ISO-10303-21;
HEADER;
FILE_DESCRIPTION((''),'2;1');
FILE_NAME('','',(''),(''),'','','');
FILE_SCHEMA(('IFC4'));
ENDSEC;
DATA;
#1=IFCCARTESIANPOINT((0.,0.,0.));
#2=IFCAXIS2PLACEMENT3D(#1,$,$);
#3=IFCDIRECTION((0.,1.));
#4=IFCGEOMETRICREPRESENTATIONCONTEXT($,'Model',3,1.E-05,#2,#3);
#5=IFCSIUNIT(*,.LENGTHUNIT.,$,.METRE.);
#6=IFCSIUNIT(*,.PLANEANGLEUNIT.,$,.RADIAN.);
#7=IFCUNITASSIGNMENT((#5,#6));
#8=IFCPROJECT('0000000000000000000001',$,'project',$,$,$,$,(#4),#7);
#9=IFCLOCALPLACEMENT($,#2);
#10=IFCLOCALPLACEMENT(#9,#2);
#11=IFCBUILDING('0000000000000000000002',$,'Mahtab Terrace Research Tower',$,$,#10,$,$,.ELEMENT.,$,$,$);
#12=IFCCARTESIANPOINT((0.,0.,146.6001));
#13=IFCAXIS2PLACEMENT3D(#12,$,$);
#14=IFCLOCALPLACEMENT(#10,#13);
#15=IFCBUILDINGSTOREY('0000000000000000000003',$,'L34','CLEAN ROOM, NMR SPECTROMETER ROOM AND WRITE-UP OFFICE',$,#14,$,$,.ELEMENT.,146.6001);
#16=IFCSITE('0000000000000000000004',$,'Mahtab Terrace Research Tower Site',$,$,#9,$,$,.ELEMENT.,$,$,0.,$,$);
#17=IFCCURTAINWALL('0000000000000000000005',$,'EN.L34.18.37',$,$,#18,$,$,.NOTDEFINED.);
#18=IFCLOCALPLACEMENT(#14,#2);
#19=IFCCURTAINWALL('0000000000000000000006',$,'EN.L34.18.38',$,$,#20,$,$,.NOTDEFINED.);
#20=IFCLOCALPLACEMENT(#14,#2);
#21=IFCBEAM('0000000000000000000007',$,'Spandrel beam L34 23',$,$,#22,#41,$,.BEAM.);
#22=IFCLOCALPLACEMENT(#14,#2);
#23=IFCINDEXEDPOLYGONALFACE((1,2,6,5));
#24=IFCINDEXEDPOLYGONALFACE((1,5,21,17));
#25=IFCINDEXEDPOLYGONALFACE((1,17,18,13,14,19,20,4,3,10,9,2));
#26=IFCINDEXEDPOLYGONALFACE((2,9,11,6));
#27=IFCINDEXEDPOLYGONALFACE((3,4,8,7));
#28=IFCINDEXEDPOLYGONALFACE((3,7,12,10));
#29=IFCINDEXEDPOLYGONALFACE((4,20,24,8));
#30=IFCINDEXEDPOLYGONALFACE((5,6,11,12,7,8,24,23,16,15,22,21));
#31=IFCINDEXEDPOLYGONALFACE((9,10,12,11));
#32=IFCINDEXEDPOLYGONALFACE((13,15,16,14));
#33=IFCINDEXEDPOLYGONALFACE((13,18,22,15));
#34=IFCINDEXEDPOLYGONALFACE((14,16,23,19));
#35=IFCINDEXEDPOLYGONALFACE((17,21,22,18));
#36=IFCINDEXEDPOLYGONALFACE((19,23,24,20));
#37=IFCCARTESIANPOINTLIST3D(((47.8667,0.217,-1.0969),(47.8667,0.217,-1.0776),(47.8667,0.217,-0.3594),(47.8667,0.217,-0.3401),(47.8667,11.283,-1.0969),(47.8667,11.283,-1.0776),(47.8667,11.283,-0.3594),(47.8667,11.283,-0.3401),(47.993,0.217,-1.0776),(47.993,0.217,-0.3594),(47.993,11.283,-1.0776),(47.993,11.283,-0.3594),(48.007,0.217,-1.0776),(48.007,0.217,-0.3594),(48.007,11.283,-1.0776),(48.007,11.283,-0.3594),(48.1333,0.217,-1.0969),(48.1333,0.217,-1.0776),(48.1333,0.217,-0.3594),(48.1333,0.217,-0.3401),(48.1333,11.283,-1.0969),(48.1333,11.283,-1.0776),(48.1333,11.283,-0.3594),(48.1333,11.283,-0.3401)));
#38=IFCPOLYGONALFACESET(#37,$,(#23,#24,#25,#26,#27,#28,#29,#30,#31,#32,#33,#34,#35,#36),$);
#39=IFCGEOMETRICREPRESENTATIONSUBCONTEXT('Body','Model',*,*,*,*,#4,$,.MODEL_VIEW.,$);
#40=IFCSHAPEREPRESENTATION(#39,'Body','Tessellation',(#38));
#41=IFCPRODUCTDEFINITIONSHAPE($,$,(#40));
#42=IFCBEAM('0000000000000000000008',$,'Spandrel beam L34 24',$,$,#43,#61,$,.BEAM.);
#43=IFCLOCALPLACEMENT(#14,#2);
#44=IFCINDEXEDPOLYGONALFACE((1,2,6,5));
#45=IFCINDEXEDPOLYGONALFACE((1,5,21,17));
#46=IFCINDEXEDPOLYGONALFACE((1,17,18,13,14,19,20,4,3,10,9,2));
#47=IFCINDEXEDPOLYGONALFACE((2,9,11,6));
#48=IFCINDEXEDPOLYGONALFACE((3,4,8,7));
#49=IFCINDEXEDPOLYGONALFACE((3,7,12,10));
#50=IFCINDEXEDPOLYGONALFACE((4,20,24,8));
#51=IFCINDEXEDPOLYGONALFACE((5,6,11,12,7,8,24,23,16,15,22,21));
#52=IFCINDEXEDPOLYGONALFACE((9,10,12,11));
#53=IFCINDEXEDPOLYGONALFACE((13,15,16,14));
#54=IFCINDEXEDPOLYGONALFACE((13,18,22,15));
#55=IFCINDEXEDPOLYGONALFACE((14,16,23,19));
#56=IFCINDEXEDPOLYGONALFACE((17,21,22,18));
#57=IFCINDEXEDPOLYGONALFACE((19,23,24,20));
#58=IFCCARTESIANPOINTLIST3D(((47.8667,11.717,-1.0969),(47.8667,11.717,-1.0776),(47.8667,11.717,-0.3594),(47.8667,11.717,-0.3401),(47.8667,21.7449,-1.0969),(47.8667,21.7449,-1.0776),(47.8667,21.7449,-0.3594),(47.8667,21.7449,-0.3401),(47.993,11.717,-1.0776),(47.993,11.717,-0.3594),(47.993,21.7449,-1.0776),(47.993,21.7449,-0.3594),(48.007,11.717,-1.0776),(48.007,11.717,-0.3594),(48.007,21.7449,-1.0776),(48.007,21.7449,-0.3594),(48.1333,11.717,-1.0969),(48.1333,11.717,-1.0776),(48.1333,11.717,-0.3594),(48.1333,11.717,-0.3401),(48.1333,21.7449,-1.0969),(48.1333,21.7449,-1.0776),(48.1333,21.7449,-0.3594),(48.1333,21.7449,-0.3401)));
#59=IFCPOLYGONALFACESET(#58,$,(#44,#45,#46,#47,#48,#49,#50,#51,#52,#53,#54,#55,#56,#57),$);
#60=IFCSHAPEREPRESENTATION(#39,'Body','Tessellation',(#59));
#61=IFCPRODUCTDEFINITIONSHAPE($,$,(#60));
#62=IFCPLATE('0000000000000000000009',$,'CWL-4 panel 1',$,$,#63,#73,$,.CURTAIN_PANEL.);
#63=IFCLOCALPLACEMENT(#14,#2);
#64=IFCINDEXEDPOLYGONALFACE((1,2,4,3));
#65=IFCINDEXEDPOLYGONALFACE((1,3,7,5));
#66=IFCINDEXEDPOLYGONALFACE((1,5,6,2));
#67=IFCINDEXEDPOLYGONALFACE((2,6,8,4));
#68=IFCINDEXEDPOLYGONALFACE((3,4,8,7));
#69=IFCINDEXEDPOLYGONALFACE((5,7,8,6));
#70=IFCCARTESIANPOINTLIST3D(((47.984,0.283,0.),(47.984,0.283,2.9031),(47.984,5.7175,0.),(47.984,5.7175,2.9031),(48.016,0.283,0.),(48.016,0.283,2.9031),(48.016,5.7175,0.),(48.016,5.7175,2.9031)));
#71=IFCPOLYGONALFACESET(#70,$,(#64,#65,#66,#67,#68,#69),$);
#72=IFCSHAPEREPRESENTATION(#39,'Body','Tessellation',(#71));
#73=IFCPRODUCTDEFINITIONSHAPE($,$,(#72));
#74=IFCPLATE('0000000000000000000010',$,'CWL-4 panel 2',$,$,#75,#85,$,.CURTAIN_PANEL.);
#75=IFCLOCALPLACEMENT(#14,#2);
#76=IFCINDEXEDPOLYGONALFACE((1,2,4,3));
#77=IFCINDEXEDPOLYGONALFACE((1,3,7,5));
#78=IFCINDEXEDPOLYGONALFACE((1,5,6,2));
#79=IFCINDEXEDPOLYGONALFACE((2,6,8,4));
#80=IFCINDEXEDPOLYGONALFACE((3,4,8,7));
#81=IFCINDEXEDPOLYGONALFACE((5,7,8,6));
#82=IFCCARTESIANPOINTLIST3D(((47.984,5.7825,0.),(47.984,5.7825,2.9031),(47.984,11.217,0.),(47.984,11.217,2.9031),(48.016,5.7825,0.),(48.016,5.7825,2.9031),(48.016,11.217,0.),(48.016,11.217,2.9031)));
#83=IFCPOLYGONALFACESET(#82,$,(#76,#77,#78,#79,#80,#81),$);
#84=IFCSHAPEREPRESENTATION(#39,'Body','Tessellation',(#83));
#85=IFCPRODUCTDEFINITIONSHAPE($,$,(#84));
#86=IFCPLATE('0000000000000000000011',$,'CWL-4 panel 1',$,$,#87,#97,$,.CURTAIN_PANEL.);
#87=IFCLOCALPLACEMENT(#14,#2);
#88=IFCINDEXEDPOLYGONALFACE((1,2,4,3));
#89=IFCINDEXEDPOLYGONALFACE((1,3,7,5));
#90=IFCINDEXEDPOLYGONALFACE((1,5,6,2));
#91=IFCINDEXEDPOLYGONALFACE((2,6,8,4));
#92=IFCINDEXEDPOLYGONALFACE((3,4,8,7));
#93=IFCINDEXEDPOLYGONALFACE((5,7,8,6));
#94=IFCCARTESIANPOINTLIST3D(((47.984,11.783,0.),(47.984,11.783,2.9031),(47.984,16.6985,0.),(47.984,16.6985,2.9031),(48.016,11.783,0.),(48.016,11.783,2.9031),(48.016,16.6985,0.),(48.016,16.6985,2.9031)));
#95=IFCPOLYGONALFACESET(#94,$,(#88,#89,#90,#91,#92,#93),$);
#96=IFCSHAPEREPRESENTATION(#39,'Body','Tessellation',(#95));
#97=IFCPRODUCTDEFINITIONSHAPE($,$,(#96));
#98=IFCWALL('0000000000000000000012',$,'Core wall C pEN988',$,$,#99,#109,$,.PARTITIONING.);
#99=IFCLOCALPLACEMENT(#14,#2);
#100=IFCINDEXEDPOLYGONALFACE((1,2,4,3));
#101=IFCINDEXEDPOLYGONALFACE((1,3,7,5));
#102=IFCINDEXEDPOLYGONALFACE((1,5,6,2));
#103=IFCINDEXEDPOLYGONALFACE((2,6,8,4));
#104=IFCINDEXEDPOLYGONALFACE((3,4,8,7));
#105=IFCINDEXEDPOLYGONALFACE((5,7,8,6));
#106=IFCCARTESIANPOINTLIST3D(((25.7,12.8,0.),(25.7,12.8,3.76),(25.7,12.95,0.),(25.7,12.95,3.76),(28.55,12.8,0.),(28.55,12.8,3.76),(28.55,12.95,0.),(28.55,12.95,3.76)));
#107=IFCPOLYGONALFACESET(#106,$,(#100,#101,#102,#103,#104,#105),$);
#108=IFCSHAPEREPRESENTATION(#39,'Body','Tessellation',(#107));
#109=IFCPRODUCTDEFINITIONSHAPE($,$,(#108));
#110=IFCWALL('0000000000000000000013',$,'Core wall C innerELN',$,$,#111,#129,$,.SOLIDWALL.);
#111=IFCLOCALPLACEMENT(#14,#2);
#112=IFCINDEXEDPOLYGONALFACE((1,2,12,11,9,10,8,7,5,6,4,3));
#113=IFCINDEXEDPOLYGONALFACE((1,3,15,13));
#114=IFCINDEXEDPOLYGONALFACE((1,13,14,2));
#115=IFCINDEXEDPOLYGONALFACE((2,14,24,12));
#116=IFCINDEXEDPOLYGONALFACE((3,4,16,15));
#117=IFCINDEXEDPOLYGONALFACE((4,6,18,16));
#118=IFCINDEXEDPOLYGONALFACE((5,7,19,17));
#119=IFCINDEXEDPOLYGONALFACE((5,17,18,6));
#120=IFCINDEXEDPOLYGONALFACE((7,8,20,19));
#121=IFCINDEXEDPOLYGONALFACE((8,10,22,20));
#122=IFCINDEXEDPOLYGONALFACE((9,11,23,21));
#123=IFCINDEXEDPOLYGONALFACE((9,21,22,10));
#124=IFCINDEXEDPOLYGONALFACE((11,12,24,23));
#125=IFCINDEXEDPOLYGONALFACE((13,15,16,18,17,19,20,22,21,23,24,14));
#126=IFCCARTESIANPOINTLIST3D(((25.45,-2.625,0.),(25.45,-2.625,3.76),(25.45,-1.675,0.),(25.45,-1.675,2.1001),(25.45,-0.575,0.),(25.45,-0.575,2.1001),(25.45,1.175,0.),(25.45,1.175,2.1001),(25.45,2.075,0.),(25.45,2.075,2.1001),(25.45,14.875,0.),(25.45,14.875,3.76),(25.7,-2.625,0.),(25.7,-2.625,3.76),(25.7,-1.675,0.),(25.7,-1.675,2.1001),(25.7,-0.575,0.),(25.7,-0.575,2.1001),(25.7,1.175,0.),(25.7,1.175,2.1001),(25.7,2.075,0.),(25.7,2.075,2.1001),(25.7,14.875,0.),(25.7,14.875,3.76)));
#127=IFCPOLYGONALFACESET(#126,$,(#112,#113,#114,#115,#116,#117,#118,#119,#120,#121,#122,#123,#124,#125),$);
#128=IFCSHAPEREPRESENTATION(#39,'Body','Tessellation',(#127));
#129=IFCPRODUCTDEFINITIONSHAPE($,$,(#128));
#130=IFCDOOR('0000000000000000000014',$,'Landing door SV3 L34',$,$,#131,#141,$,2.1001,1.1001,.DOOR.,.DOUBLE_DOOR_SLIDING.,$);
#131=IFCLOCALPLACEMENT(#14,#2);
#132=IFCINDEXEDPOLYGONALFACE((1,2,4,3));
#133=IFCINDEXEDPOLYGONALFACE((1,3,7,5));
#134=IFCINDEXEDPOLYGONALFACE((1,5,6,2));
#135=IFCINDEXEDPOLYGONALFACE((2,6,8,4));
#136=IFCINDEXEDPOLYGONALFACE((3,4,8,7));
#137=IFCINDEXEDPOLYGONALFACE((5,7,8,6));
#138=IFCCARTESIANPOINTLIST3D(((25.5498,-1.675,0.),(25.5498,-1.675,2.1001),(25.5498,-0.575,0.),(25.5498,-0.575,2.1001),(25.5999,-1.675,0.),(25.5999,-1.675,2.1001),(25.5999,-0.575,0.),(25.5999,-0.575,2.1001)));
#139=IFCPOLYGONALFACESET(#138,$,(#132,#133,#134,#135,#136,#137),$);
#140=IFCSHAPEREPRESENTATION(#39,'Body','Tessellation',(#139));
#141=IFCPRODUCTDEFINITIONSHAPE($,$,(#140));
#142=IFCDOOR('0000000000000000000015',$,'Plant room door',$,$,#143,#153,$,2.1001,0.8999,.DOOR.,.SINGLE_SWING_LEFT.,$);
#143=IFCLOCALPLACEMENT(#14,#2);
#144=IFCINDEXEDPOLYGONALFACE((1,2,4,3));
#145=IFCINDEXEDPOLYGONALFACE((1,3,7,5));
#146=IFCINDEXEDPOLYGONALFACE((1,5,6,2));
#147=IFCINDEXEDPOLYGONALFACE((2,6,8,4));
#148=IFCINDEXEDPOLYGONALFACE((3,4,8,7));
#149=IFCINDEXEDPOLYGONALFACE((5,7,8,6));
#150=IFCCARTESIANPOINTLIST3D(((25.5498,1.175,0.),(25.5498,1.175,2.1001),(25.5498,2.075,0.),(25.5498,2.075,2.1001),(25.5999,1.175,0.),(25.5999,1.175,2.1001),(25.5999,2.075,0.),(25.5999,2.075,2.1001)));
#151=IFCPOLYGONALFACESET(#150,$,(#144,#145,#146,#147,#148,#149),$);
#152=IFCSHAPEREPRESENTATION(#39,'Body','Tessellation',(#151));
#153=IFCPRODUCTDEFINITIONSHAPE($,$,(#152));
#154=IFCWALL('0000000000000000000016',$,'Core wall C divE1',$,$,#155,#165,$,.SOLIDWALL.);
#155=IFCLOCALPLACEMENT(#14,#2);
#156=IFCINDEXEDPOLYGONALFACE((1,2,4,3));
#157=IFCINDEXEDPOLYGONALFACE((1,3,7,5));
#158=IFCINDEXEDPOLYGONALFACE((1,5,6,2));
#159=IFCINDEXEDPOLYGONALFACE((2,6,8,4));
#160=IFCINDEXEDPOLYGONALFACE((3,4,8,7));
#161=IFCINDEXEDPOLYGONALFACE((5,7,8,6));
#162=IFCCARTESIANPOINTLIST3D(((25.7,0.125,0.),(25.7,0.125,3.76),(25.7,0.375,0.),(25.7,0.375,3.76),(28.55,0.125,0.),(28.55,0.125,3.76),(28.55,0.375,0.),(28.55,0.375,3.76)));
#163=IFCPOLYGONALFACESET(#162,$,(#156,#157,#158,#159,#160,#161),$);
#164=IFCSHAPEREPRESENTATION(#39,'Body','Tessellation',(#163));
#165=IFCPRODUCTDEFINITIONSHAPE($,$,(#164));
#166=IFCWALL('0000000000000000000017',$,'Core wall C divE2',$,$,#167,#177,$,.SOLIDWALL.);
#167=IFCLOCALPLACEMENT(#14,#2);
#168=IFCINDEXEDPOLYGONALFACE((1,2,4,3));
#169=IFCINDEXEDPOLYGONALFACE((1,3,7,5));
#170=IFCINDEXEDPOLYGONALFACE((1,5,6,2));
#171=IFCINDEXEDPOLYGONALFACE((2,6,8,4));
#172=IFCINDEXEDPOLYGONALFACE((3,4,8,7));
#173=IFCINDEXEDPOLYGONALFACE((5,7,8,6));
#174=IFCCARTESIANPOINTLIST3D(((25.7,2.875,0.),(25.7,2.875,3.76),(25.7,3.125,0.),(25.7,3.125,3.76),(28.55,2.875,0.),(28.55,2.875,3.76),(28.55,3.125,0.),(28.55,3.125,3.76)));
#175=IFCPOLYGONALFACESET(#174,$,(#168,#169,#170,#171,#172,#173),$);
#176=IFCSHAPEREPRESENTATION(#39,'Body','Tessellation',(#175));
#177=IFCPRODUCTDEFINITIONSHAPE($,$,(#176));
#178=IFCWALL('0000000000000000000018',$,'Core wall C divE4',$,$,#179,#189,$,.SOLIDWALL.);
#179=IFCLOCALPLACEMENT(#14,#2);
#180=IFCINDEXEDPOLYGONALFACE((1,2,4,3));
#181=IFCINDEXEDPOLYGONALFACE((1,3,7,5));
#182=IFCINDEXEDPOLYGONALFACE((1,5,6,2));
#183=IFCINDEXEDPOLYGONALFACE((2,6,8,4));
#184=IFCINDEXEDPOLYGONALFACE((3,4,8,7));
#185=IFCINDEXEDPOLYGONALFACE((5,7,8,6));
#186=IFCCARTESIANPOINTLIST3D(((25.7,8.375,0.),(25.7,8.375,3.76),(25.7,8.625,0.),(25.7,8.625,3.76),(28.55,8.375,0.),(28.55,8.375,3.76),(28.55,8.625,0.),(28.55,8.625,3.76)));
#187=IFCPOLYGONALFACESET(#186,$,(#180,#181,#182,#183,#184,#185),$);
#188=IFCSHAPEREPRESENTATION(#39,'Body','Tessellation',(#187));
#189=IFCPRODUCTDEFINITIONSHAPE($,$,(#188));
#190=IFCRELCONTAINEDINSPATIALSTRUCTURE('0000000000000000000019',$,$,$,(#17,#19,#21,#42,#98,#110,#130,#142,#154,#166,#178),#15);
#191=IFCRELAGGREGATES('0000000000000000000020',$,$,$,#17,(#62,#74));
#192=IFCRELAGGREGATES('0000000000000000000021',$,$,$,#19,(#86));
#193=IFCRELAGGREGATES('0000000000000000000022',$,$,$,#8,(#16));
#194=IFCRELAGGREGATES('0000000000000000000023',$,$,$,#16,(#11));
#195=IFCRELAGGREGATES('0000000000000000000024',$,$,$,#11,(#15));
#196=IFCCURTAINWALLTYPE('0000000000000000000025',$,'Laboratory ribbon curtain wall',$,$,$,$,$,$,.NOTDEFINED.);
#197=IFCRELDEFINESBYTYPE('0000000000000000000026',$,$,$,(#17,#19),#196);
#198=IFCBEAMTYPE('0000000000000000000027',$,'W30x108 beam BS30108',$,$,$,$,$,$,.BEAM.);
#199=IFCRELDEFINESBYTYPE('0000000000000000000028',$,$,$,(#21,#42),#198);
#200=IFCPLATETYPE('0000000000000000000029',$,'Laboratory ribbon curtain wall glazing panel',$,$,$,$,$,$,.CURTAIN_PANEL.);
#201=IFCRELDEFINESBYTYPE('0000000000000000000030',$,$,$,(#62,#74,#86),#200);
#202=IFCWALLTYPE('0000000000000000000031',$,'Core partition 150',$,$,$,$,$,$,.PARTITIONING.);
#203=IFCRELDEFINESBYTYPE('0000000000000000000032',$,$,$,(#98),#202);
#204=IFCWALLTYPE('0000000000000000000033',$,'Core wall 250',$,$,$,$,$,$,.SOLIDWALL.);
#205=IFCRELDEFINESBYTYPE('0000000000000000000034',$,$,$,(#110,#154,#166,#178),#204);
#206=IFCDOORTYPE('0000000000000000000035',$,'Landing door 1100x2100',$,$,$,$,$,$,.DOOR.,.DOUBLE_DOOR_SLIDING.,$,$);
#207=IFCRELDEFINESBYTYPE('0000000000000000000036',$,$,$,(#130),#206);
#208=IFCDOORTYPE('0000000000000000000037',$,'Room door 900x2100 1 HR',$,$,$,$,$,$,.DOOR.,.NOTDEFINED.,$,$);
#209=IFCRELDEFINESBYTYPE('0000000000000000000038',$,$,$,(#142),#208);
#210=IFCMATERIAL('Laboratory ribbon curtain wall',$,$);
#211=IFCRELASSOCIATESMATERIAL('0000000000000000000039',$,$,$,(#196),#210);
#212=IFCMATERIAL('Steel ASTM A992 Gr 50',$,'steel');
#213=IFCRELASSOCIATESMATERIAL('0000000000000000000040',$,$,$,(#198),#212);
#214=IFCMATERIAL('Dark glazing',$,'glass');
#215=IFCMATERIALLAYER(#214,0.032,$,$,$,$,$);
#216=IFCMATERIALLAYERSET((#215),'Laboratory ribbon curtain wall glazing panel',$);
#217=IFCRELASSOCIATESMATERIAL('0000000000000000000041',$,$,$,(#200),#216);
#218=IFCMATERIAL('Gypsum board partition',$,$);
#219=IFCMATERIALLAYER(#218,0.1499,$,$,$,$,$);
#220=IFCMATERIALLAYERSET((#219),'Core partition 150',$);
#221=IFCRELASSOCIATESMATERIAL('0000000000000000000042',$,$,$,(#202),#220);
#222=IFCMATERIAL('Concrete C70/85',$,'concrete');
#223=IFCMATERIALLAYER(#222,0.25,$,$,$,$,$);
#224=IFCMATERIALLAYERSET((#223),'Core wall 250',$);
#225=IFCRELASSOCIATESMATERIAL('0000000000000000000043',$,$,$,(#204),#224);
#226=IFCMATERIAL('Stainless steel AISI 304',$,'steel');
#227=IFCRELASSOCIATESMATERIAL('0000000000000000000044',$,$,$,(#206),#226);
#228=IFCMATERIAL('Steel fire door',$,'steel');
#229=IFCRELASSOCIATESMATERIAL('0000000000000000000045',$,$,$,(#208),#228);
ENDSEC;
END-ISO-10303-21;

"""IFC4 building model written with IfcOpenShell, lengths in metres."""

from ifc_helpers import new_model, si_unit, direction, frame, frame_2d, origin, origin_2d, place, context, subcontext, project, spatial, rectangle, i_section, extrude, material, layer, layer_set, material_profile, profile_set, type_object, element, fill, aggregate, save


model = new_model("IFC4")

# Units and contexts
model_context = context("Model", 3, precision=1e-05, world=origin(), true_north=direction((0.0, 1.0)))
body_context = subcontext(model_context, "Body", "Model", "MODEL_VIEW")
ifc_project = project(units=[si_unit("LENGTHUNIT", "METRE"), si_unit("PLANEANGLEUNIT", "RADIAN")], contexts=[model_context])

# Site, building, storey
site_placement = place(None, origin())
site = spatial("IfcSite", under=ifc_project, at=site_placement, Name="Mahtab Terrace Research Tower Site", CompositionType="ELEMENT", RefElevation=0.0)
building_placement = place(site_placement, origin())
building = spatial("IfcBuilding", under=site, at=building_placement, Name="Mahtab Terrace Research Tower", CompositionType="ELEMENT")
storey_placement = place(building_placement, frame((0.0, 0.0, 146.6001)))
storey = spatial("IfcBuildingStorey", under=building, at=storey_placement, Name="L34", Description="CLEAN ROOM, NMR SPECTROMETER ROOM AND WRITE-UP OFFICE", CompositionType="ELEMENT", Elevation=146.6001)

# Shared definitions
ifc_material_1 = material(Name="Concrete C70/85", Category="concrete")
ifc_material_2 = material(Name="Steel ASTM A992 Gr 50", Category="steel")

# Curtain walls
ifc_material_3 = material(Name="Laboratory ribbon curtain wall")
curtain_wall_type = type_object("IfcCurtainWallType", Name="Laboratory ribbon curtain wall", PredefinedType="NOTDEFINED", material=ifc_material_3)
curtain_wall_1_placement = place(storey_placement, origin())
curtain_wall_1 = element("IfcCurtainWall", 1, at=curtain_wall_1_placement, inside=storey, type_object=curtain_wall_type, Name="EN.L34.18.37", PredefinedType="NOTDEFINED")
curtain_wall_2_placement = place(storey_placement, origin())
curtain_wall_2 = element("IfcCurtainWall", 2, at=curtain_wall_2_placement, inside=storey, type_object=curtain_wall_type, Name="EN.L34.18.38", PredefinedType="NOTDEFINED")

# Beams
ifc_material_profile_1 = material_profile(ifc_material_2, i_section(OverallWidth=0.2666, OverallDepth=0.7568, WebThickness=0.0139, FlangeThickness=0.0193, at=origin_2d()), Name="W30X108")
ifc_profile_set_1 = profile_set([ifc_material_profile_1], Name="Steel ASTM A992 Gr 50")
beam_type = type_object("IfcBeamType", Name="W30x108 beam BS30108", PredefinedType="BEAM", material=ifc_profile_set_1)
beam_1_placement = place(storey_placement, frame((48.0, 0.217, -0.7185), z_axis=(0.0, 1.0, 0.0), x_axis=(-1.0, 0.0, 0.0)))
element("IfcBeam", 3, at=beam_1_placement, inside=storey, type_object=beam_type, Name="Spandrel beam L34 23", PredefinedType="BEAM", context=body_context, shape_type="SweptSolid", body=[
    extrude(i_section(OverallWidth=0.2666, OverallDepth=0.7568, WebThickness=0.0139, FlangeThickness=0.0193, at=origin_2d()), origin(), (0.0, 0.0, 1.0), 11.0659),
])
beam_2_placement = place(storey_placement, frame((48.0, 11.717, -0.7185), z_axis=(0.0, 1.0, 0.0), x_axis=(-1.0, 0.0, 0.0)))
element("IfcBeam", 4, at=beam_2_placement, inside=storey, type_object=beam_type, Name="Spandrel beam L34 24", PredefinedType="BEAM", context=body_context, shape_type="SweptSolid", body=[
    extrude(i_section(OverallWidth=0.2666, OverallDepth=0.7568, WebThickness=0.0139, FlangeThickness=0.0193, at=origin_2d()), origin(), (0.0, 0.0, 1.0), 10.0278),
])

# Plates
ifc_material_4 = material(Name="Dark glazing", Category="glass")
ifc_layer_1 = layer(ifc_material_4, 0.032)
ifc_layer_set_1 = layer_set([ifc_layer_1], Name="Laboratory ribbon curtain wall glazing panel")
plate_type = type_object("IfcPlateType", Name="Laboratory ribbon curtain wall glazing panel", PredefinedType="CURTAIN_PANEL", material=ifc_layer_set_1)
plate_1_placement = place(storey_placement, frame((48.0, 3.0002, 0.0), z_axis=(0.0, 0.0, 1.0), x_axis=(0.0, 1.0, 0.0)))
plate_1 = element("IfcPlate", 5, at=plate_1_placement, type_object=plate_type, Name="CWL-4 panel 1", PredefinedType="CURTAIN_PANEL", context=body_context, shape_type="SweptSolid", body=[
    extrude(rectangle(XDim=5.4346, YDim=0.032, at=origin_2d()), origin(), (0.0, 0.0, 1.0), 2.9031),
])
plate_2_placement = place(storey_placement, frame((48.0, 8.4998, 0.0), z_axis=(0.0, 0.0, 1.0), x_axis=(0.0, 1.0, 0.0)))
plate_2 = element("IfcPlate", 6, at=plate_2_placement, type_object=plate_type, Name="CWL-4 panel 2", PredefinedType="CURTAIN_PANEL", context=body_context, shape_type="SweptSolid", body=[
    extrude(rectangle(XDim=5.4346, YDim=0.032, at=origin_2d()), origin(), (0.0, 0.0, 1.0), 2.9031),
])
aggregate(curtain_wall_1, [plate_1, plate_2])
plate_3_placement = place(storey_placement, frame((48.0, 14.2407, 0.0), z_axis=(0.0, 0.0, 1.0), x_axis=(0.0, 1.0, 0.0)))
plate_3 = element("IfcPlate", 7, at=plate_3_placement, type_object=plate_type, Name="CWL-4 panel 1", PredefinedType="CURTAIN_PANEL", context=body_context, shape_type="SweptSolid", body=[
    extrude(rectangle(XDim=4.9155, YDim=0.032, at=origin_2d()), origin(), (0.0, 0.0, 1.0), 2.9031),
])
aggregate(curtain_wall_2, [plate_3])

# Wall
ifc_material_5 = material(Name="Gypsum board partition")
ifc_layer_2 = layer(ifc_material_5, 0.1499)
ifc_layer_set_2 = layer_set([ifc_layer_2], Name="Core partition 150")
wall_type_1 = type_object("IfcWallType", Name="Core partition 150", PredefinedType="PARTITIONING", material=ifc_layer_set_2)
wall_1_placement = place(storey_placement, frame((25.7, 12.875, 0.0), z_axis=(0.0, 0.0, 1.0), x_axis=(1.0, 0.0, 0.0)))
element("IfcWall", 8, at=wall_1_placement, inside=storey, type_object=wall_type_1, Name="Core wall C pEN988", PredefinedType="PARTITIONING", context=body_context, shape_type="SweptSolid", body=[
    extrude(rectangle(XDim=2.8501, YDim=0.1499, at=frame_2d((1.425, 0.0))), origin(), (0.0, 0.0, 1.0), 3.76),
])

# Wall, openings, doors
ifc_layer_3 = layer(ifc_material_1, 0.25)
ifc_layer_set_3 = layer_set([ifc_layer_3], Name="Core wall 250")
wall_type_2 = type_object("IfcWallType", Name="Core wall 250", PredefinedType="SOLIDWALL", material=ifc_layer_set_3)
wall_2_placement = place(storey_placement, frame((25.575, 14.875, 0.0), z_axis=(0.0, 0.0, 1.0), x_axis=(0.0, -1.0, 0.0)))
wall_2 = element("IfcWall", 9, at=wall_2_placement, inside=storey, type_object=wall_type_2, Name="Core wall C innerELN", PredefinedType="SOLIDWALL", context=body_context, shape_type="SweptSolid", body=[
    extrude(rectangle(XDim=17.5, YDim=0.25, at=frame_2d((8.75, 0.0))), origin(), (0.0, 0.0, 1.0), 3.76),
])
opening_1_placement = place(wall_2_placement, frame((15.45, 0.0, 0.0)))
opening_1 = element("IfcOpeningElement", 10, at=opening_1_placement, cuts=wall_2, PredefinedType="OPENING", context=body_context, shape_type="SweptSolid", body=[
    extrude(rectangle(XDim=1.1001, YDim=2.1001, at=frame_2d((0.55, 1.05))), frame((0.0, 0.135, 0.0), z_axis=(0.0, -1.0, 0.0), x_axis=(1.0, 0.0, 0.0)), (0.0, 0.0, 1.0), 0.27),
])
opening_2_placement = place(wall_2_placement, frame((12.8, 0.0, 0.0)))
opening_2 = element("IfcOpeningElement", 11, at=opening_2_placement, cuts=wall_2, PredefinedType="OPENING", context=body_context, shape_type="SweptSolid", body=[
    extrude(rectangle(XDim=0.8999, YDim=2.1001, at=frame_2d((0.45, 1.05))), frame((0.0, 0.135, 0.0), z_axis=(0.0, -1.0, 0.0), x_axis=(1.0, 0.0, 0.0)), (0.0, 0.0, 1.0), 0.27),
])
ifc_material_6 = material(Name="Stainless steel AISI 304", Category="steel")
door_type_1 = type_object("IfcDoorType", Name="Landing door 1100x2100", OperationType="DOUBLE_DOOR_SLIDING", PredefinedType="DOOR", material=ifc_material_6)
door_1_placement = place(opening_1_placement, origin())
door_1 = element("IfcDoor", 12, at=door_1_placement, inside=storey, type_object=door_type_1, Name="Landing door SV3 L34", OperationType="DOUBLE_DOOR_SLIDING", OverallHeight=2.1001, OverallWidth=1.1001, PredefinedType="DOOR", context=body_context, shape_type="SweptSolid", body=[
    extrude(rectangle(XDim=1.1001, YDim=2.1001, at=frame_2d((0.55, 1.05))), frame((0.0, 0.0249, 0.0), z_axis=(0.0, -1.0, 0.0), x_axis=(1.0, 0.0, 0.0)), (0.0, 0.0, 1.0), 0.05),
])
fill(opening_1, door_1)
ifc_material_7 = material(Name="Steel fire door", Category="steel")
door_type_2 = type_object("IfcDoorType", Name="Room door 900x2100 1 HR", OperationType="NOTDEFINED", PredefinedType="DOOR", material=ifc_material_7)
door_2_placement = place(opening_2_placement, origin())
door_2 = element("IfcDoor", 13, at=door_2_placement, inside=storey, type_object=door_type_2, Name="Plant room door", OperationType="SINGLE_SWING_LEFT", OverallHeight=2.1001, OverallWidth=0.8999, PredefinedType="DOOR", context=body_context, shape_type="SweptSolid", body=[
    extrude(rectangle(XDim=0.8999, YDim=2.1001, at=frame_2d((0.45, 1.05))), frame((0.0, 0.0249, 0.0), z_axis=(0.0, -1.0, 0.0), x_axis=(1.0, 0.0, 0.0)), (0.0, 0.0, 1.0), 0.05),
])
fill(opening_2, door_2)

# Walls
for number, where, z_axis, x_axis, name in (
    (14, (25.7, 0.25, 0.0), (0.0, 0.0, 1.0), (1.0, 0.0, 0.0), "Core wall C divE1"),
    (15, (25.7, 3.0, 0.0), (0.0, 0.0, 1.0), (1.0, 0.0, 0.0), "Core wall C divE2"),
    (16, (25.7, 8.5, 0.0), (0.0, 0.0, 1.0), (1.0, 0.0, 0.0), "Core wall C divE4"),
):
    element("IfcWall", number, at=place(storey_placement, frame(where, z_axis=z_axis, x_axis=x_axis)), inside=storey, type_object=wall_type_2, Name=name, PredefinedType="SOLIDWALL", context=body_context, shape_type="SweptSolid", body=[
        extrude(rectangle(XDim=2.8501, YDim=0.25, at=frame_2d((1.425, 0.0))), origin(), (0.0, 0.0, 1.0), 3.76),
    ])

save(model, "model.ifc")
